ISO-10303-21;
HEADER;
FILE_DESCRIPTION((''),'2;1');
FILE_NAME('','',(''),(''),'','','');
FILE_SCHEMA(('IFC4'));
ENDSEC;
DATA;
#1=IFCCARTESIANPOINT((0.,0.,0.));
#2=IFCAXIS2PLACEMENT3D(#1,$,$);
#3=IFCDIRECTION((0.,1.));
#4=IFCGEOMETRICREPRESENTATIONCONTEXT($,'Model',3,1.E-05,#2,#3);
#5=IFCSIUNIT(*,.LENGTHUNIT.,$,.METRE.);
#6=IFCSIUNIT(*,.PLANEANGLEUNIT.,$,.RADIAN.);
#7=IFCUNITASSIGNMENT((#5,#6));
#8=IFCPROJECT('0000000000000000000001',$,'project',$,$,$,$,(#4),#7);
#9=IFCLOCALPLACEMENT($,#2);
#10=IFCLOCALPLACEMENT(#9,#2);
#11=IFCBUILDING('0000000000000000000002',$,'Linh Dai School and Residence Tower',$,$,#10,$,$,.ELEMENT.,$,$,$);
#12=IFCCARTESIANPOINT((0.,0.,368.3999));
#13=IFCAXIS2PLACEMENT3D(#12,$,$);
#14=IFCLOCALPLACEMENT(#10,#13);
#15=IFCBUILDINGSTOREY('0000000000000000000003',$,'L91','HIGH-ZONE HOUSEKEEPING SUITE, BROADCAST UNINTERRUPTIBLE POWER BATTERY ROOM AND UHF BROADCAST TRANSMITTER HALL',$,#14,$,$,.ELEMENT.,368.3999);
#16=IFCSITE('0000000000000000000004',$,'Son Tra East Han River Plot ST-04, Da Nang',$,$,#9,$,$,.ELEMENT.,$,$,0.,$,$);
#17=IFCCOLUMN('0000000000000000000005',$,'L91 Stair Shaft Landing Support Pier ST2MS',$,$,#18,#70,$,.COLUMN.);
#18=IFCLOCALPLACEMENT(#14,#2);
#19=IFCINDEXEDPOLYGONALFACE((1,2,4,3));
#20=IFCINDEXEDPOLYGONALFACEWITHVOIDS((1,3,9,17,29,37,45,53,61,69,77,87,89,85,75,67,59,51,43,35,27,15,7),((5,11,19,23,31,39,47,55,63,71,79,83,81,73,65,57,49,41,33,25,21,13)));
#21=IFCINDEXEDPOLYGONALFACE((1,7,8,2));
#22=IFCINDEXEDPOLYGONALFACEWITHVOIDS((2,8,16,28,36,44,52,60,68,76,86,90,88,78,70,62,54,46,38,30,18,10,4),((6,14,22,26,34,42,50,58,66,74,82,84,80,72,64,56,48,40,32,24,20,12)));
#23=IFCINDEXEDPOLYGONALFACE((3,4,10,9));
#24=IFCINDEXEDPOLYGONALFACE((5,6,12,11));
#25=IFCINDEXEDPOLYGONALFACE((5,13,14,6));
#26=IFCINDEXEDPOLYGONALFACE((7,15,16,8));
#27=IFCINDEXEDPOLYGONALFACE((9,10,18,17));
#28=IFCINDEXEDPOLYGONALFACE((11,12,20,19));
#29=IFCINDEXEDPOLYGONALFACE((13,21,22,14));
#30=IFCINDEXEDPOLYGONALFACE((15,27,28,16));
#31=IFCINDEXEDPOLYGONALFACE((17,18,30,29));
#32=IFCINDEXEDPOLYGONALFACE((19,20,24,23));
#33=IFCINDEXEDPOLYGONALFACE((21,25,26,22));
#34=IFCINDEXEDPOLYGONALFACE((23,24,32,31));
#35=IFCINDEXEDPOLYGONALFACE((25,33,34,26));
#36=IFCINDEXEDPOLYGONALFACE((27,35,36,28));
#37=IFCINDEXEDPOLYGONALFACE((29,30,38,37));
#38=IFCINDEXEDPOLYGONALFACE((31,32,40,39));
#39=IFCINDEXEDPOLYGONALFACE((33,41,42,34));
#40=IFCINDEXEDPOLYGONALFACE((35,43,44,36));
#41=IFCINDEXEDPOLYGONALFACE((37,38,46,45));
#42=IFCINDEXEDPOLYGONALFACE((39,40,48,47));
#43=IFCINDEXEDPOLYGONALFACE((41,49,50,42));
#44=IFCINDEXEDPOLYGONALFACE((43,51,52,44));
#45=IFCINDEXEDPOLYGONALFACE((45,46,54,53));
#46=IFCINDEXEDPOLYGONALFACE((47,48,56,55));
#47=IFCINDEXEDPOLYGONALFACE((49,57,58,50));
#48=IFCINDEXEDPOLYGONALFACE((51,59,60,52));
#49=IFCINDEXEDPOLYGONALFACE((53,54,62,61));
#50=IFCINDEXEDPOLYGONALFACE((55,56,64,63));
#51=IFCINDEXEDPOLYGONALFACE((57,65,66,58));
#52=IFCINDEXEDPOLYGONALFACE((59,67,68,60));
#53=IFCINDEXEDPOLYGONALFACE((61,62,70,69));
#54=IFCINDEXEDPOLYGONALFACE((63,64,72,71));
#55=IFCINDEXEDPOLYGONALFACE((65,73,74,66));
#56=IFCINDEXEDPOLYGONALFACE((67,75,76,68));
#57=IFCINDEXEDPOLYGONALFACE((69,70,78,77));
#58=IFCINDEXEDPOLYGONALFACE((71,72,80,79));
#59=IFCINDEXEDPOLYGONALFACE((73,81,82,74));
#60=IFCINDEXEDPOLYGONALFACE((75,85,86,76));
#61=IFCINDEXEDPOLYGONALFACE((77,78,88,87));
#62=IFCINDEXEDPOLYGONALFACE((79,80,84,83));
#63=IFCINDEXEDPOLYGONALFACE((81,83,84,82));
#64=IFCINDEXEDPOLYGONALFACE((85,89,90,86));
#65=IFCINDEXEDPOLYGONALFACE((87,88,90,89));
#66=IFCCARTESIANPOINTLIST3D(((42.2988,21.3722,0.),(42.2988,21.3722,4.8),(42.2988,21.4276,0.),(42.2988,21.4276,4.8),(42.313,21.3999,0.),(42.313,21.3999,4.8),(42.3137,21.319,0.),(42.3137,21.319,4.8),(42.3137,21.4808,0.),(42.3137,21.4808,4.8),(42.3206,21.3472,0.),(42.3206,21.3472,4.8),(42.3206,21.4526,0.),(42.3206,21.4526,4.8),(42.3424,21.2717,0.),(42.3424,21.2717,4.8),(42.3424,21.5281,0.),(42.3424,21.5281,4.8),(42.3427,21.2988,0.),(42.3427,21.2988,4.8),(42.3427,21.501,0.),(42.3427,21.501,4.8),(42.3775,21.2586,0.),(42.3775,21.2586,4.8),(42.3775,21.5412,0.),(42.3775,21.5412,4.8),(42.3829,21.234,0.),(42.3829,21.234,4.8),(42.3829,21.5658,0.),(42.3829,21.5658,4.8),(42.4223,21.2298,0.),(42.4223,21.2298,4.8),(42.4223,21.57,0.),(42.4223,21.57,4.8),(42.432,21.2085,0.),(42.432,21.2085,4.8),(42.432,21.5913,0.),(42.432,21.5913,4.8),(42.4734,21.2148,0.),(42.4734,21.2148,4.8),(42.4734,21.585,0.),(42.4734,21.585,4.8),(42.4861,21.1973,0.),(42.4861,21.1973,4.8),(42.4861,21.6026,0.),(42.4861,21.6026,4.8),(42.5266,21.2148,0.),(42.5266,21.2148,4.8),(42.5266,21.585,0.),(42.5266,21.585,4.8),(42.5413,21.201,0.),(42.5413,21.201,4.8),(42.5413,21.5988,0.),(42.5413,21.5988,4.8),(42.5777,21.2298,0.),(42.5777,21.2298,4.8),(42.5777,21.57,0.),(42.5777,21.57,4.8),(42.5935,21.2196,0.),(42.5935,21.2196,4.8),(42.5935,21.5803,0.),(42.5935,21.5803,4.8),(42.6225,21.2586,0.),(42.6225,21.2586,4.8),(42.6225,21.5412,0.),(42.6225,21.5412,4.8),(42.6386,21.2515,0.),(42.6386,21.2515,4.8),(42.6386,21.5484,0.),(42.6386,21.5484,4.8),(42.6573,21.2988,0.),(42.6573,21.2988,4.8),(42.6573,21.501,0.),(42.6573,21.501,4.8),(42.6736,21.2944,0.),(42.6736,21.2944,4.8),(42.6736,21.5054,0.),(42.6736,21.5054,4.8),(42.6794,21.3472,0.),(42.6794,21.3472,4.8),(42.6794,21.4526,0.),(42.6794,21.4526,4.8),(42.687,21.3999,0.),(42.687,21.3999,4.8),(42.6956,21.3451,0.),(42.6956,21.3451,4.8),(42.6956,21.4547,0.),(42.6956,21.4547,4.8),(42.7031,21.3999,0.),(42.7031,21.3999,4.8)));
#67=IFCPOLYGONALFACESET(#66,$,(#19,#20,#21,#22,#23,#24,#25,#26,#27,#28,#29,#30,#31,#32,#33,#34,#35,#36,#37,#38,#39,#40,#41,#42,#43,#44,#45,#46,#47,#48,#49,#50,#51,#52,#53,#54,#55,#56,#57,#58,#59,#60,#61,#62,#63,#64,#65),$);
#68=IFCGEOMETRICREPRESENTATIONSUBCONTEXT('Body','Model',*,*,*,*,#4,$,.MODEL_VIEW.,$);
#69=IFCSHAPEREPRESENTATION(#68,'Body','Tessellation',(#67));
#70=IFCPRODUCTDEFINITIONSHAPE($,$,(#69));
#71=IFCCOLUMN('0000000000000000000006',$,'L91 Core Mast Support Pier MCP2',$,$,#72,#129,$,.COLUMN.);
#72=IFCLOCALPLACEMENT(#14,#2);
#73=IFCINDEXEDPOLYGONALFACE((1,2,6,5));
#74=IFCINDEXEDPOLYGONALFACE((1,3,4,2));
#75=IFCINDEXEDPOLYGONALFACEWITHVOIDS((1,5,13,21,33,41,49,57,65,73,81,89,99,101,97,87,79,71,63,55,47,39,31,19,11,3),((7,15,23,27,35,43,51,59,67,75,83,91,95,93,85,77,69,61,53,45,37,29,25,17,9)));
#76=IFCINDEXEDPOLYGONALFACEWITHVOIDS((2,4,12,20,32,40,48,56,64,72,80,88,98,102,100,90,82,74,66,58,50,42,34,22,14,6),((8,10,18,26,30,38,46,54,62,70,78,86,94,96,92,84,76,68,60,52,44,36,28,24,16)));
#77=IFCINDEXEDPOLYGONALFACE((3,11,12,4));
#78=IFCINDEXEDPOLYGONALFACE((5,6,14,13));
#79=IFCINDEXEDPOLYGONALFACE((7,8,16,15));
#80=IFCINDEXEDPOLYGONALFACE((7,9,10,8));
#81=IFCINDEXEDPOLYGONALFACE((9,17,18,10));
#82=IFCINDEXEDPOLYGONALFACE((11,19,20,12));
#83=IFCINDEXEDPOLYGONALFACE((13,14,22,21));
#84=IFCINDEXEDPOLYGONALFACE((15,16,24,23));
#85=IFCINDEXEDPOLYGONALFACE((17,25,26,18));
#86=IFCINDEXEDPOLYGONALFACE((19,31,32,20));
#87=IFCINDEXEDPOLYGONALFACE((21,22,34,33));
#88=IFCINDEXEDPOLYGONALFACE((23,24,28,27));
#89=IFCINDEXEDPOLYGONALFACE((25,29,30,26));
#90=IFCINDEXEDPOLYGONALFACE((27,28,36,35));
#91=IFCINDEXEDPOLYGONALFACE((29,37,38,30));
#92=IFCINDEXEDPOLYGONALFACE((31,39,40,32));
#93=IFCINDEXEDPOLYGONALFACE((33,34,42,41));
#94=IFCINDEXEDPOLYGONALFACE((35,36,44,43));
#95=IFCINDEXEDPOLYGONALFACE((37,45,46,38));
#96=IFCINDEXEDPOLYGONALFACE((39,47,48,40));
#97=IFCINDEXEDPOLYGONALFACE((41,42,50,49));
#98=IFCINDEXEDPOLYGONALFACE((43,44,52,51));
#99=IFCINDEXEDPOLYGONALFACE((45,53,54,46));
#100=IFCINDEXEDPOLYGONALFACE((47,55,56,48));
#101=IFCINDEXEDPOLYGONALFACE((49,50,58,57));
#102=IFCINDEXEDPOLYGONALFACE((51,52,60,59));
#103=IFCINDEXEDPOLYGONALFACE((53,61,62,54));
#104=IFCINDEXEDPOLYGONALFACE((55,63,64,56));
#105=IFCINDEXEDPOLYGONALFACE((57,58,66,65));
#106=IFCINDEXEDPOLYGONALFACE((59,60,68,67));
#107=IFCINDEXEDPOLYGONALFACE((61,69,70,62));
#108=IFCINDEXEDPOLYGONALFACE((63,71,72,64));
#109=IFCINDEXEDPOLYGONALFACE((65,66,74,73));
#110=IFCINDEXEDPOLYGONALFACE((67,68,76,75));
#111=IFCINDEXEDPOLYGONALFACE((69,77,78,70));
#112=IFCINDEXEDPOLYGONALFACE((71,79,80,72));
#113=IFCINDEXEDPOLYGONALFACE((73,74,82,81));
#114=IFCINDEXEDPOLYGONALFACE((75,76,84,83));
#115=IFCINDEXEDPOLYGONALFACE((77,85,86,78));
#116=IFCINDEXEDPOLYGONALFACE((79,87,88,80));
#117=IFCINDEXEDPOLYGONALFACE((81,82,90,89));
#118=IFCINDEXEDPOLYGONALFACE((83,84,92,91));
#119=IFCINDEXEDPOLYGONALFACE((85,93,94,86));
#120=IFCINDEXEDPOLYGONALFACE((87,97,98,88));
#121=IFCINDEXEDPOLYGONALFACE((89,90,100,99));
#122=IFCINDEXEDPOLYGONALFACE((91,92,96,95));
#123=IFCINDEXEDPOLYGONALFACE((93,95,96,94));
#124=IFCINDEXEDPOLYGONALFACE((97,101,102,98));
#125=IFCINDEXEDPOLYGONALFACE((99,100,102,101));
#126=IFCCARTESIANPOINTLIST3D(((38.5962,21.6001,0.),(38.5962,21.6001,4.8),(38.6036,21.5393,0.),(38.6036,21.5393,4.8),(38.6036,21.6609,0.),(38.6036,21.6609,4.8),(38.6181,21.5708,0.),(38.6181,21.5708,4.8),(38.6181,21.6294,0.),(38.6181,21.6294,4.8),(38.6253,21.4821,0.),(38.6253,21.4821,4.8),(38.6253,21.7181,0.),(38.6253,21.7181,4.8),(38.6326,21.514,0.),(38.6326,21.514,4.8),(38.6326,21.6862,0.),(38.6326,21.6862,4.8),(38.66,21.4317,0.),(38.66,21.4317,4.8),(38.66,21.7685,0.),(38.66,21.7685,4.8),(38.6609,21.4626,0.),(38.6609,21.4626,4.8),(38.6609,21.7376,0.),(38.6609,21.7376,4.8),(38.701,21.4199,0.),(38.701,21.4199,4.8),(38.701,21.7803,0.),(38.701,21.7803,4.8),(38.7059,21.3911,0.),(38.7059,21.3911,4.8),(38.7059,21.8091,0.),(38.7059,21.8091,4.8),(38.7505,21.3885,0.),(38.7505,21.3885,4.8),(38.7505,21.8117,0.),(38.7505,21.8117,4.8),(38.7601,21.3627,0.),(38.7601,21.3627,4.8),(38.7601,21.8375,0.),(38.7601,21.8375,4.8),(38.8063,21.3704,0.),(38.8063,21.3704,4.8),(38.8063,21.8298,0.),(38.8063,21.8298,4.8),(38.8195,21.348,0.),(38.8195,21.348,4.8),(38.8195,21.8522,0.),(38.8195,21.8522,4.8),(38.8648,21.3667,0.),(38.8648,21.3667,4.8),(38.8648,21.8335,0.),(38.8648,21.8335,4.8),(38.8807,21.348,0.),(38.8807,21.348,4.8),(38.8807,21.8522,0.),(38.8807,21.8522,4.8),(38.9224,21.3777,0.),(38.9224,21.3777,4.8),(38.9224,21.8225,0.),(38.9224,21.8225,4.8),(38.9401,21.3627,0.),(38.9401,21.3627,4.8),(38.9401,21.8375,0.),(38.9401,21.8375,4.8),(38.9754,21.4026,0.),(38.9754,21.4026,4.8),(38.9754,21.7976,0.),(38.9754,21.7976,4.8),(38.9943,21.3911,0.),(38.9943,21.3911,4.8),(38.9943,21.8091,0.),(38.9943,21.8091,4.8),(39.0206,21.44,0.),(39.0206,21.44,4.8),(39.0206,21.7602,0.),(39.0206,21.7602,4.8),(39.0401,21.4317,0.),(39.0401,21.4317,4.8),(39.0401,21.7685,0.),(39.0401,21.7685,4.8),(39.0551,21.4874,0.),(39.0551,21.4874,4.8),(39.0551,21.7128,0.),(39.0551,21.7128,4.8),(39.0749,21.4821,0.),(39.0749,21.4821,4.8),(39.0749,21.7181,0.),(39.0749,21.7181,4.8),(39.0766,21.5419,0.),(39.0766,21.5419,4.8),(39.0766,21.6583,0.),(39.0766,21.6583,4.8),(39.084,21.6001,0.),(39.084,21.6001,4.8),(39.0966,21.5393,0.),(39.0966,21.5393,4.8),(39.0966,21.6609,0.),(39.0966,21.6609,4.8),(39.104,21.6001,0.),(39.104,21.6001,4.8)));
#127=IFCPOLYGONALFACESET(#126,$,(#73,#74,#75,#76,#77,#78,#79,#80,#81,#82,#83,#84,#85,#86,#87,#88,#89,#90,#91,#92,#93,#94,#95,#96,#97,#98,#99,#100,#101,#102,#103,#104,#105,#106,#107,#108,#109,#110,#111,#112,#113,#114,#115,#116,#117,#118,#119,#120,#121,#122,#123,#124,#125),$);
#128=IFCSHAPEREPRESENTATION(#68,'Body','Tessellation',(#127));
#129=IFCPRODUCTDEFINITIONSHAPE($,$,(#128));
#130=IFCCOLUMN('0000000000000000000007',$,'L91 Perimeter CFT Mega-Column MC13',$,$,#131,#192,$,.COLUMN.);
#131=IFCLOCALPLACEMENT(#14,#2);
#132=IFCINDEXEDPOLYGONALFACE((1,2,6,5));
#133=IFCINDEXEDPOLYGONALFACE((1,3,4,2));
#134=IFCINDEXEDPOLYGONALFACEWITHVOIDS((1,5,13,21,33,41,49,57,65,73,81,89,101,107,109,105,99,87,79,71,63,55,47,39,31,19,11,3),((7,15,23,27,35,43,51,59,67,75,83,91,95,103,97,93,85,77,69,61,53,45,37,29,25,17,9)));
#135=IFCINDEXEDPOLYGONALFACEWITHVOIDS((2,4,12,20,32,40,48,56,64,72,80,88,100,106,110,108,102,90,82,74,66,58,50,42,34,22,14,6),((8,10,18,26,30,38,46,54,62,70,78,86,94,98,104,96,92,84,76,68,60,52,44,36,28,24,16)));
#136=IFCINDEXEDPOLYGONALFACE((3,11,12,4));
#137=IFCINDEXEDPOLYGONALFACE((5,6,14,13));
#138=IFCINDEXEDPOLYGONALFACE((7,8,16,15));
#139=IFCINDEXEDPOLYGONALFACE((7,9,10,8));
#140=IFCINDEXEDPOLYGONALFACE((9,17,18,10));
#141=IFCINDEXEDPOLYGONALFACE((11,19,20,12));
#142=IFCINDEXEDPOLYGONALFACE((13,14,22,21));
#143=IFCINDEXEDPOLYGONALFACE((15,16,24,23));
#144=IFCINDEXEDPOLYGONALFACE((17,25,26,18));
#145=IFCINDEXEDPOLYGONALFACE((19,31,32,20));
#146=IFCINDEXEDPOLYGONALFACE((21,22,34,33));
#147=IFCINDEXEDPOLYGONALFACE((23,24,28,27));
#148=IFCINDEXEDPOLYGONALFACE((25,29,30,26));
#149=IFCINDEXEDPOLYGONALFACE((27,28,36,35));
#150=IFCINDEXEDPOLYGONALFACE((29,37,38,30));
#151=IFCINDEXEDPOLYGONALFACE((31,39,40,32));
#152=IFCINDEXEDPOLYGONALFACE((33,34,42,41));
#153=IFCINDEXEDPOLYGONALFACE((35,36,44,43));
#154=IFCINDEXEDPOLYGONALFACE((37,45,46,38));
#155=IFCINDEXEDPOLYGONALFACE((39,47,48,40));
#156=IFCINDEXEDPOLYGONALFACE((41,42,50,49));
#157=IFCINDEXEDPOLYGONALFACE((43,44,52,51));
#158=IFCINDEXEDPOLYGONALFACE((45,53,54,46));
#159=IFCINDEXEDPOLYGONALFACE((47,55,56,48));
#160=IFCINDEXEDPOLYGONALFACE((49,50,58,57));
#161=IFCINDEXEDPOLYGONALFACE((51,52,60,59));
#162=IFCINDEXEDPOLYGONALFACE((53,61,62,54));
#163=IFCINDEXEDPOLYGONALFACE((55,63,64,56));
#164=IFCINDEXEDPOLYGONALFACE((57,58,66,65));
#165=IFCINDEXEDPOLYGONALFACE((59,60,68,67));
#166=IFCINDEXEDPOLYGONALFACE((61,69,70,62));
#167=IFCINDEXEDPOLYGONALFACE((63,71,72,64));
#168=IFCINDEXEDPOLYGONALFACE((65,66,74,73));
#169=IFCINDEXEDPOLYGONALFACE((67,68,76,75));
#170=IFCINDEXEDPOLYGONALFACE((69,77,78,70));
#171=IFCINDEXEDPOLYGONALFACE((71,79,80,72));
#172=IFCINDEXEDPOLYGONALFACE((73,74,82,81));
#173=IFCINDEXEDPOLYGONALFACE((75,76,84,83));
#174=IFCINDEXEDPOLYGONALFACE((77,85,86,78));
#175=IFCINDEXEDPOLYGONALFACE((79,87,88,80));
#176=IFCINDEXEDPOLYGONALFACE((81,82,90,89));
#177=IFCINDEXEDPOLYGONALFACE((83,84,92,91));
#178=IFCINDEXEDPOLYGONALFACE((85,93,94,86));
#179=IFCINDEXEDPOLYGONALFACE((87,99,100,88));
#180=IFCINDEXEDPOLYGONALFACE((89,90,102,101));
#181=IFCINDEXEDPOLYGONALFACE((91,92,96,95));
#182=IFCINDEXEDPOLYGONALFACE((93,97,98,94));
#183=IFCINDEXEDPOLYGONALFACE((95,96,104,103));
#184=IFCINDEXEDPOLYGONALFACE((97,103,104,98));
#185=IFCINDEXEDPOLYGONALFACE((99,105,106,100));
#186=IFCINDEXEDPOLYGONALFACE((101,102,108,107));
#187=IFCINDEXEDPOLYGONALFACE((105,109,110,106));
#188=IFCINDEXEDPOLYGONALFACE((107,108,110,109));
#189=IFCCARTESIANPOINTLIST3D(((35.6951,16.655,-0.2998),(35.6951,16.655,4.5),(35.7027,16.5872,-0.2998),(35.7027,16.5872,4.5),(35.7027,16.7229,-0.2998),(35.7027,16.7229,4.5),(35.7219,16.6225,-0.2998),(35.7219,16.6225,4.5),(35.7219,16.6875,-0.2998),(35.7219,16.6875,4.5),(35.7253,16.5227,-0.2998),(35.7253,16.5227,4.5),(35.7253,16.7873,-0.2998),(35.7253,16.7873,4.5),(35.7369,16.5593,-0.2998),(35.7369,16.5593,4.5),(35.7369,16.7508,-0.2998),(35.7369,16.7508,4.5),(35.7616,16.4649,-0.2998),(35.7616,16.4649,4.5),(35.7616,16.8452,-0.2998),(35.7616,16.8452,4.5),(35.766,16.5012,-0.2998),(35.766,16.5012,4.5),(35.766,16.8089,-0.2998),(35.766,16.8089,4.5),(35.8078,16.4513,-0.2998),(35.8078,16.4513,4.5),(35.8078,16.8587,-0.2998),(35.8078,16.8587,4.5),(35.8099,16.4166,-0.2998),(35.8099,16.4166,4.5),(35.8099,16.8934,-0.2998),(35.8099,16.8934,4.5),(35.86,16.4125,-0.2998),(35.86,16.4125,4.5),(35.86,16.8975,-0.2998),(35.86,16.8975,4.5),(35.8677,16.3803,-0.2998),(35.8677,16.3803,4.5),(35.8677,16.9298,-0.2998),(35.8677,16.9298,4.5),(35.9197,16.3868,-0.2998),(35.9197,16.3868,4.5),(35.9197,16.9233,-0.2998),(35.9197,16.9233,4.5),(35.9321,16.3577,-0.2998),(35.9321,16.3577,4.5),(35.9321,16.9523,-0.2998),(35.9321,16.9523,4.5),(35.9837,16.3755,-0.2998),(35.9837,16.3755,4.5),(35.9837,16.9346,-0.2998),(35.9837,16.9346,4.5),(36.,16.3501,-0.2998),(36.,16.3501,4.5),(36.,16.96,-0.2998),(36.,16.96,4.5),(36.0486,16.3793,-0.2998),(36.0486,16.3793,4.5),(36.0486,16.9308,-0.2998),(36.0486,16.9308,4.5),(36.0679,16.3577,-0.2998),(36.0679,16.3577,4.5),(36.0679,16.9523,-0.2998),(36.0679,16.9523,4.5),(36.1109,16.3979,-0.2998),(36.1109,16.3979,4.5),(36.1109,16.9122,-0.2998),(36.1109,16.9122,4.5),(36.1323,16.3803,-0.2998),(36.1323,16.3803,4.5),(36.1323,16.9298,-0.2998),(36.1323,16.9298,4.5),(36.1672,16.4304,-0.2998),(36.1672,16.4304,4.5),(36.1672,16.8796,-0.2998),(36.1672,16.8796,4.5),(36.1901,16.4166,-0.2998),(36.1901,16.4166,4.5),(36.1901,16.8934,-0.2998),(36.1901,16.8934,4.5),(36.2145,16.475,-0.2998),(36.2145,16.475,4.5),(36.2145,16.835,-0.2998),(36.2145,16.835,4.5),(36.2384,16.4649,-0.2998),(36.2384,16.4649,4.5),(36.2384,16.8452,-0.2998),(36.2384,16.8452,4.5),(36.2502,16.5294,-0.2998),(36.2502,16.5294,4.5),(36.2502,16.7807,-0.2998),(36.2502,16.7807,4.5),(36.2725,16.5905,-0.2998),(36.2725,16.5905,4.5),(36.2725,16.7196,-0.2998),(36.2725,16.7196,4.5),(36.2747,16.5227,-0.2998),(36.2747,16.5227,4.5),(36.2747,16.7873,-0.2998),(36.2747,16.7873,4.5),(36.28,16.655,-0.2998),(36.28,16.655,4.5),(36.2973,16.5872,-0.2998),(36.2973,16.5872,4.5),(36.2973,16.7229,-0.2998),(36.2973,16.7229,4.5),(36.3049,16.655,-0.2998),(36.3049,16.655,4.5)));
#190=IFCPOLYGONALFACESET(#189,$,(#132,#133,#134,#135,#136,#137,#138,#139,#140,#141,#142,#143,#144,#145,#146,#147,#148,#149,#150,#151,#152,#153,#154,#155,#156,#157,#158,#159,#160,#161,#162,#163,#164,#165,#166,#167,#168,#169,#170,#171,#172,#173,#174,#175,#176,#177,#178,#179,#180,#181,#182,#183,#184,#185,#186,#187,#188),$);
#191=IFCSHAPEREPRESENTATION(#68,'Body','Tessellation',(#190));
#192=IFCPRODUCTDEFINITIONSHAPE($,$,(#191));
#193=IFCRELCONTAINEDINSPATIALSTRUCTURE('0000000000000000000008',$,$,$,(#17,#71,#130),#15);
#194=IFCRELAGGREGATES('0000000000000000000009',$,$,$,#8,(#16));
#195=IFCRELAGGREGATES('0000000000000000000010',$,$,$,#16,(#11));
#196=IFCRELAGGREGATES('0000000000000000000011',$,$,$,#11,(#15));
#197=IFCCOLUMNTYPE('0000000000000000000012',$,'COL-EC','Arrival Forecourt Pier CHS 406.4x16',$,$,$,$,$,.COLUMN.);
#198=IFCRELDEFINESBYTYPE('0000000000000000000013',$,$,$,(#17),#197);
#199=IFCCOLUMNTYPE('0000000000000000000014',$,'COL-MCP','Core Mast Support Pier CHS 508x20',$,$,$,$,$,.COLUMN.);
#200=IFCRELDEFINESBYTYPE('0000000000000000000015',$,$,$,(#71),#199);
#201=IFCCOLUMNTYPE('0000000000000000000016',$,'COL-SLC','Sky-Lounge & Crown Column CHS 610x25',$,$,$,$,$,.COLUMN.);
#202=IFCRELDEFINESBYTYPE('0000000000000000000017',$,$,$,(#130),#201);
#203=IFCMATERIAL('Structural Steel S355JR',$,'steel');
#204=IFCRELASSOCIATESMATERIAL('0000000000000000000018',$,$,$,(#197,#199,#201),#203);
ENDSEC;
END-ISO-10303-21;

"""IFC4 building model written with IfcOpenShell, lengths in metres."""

from ifc_helpers import new_model, si_unit, direction, frame, origin, origin_2d, place, context, subcontext, project, spatial, hollow_circle, extrude, material, material_profile, profile_set, type_object, element, save


model = new_model("IFC4")

# Units and contexts
model_context = context("Model", 3, precision=1e-05, world=origin(), true_north=direction((0.0, 1.0)))
body_context = subcontext(model_context, "Body", "Model", "MODEL_VIEW")
ifc_project = project(units=[si_unit("LENGTHUNIT", "METRE"), si_unit("PLANEANGLEUNIT", "RADIAN")], contexts=[model_context])

# Site, building, storey
site_placement = place(None, origin())
site = spatial("IfcSite", under=ifc_project, at=site_placement, Name="Son Tra East Han River Plot ST-04, Da Nang", CompositionType="ELEMENT", RefElevation=0.0)
building_placement = place(site_placement, origin())
building = spatial("IfcBuilding", under=site, at=building_placement, Name="Linh Dai School and Residence Tower", CompositionType="ELEMENT")
storey_placement = place(building_placement, frame((0.0, 0.0, 368.3999)))
storey = spatial("IfcBuildingStorey", under=building, at=storey_placement, Name="L91", Description="HIGH-ZONE HOUSEKEEPING SUITE, BROADCAST UNINTERRUPTIBLE POWER BATTERY ROOM AND UHF BROADCAST TRANSMITTER HALL", CompositionType="ELEMENT", Elevation=368.3999)

# Columns
ifc_material_1 = material(Name="Structural Steel S355JR", Category="steel")
ifc_material_profile_1 = material_profile(ifc_material_1, hollow_circle(Radius=0.2031, WallThickness=0.0161, at=origin_2d()), Name="CHS 406.4x16")
ifc_profile_set_1 = profile_set([ifc_material_profile_1], Name="Structural Steel S355JR")
column_type_1 = type_object("IfcColumnType", Name="COL-EC", Description="Arrival Forecourt Pier CHS 406.4x16", PredefinedType="COLUMN", material=ifc_profile_set_1)
column_1_placement = place(storey_placement, frame((42.5, 21.3999, 0.0), z_axis=(0.0, 0.0, 1.0), x_axis=(1.0, 0.0, 0.0)))
element("IfcColumn", 1, at=column_1_placement, inside=storey, type_object=column_type_1, Name="L91 Stair Shaft Landing Support Pier ST2MS", PredefinedType="COLUMN", context=body_context, shape_type="SweptSolid", body=[
    extrude(hollow_circle(Radius=0.2031, WallThickness=0.0161, at=origin_2d()), origin(), (0.0, 0.0, 1.0), 4.8),
])
ifc_material_profile_2 = material_profile(ifc_material_1, hollow_circle(Radius=0.2539, WallThickness=0.02, at=origin_2d()), Name="CHS 508x20")
ifc_profile_set_2 = profile_set([ifc_material_profile_2], Name="Structural Steel S355JR")
column_type_2 = type_object("IfcColumnType", Name="COL-MCP", Description="Core Mast Support Pier CHS 508x20", PredefinedType="COLUMN", material=ifc_profile_set_2)
column_2_placement = place(storey_placement, frame((38.8501, 21.6001, 0.0), z_axis=(0.0, 0.0, 1.0), x_axis=(1.0, 0.0, 0.0)))
element("IfcColumn", 2, at=column_2_placement, inside=storey, type_object=column_type_2, Name="L91 Core Mast Support Pier MCP2", PredefinedType="COLUMN", context=body_context, shape_type="SweptSolid", body=[
    extrude(hollow_circle(Radius=0.2539, WallThickness=0.02, at=origin_2d()), origin(), (0.0, 0.0, 1.0), 4.8),
])
ifc_material_profile_3 = material_profile(ifc_material_1, hollow_circle(Radius=0.3049, WallThickness=0.0249, at=origin_2d()), Name="CHS 610x25")
ifc_profile_set_3 = profile_set([ifc_material_profile_3], Name="Structural Steel S355JR")
column_type_3 = type_object("IfcColumnType", Name="COL-SLC", Description="Sky-Lounge & Crown Column CHS 610x25", PredefinedType="COLUMN", material=ifc_profile_set_3)
for number, where, z_axis, x_axis, name in (
    (3, (36.0, 16.655, -0.2998), (0.0, 0.0, 1.0), (1.0, 0.0, 0.0), "L91 Perimeter CFT Mega-Column MC13"),
):
    element("IfcColumn", number, at=place(storey_placement, frame(where, z_axis=z_axis, x_axis=x_axis)), inside=storey, type_object=column_type_3, Name=name, PredefinedType="COLUMN", context=body_context, shape_type="SweptSolid", body=[
        extrude(hollow_circle(Radius=0.3049, WallThickness=0.0249, at=origin_2d()), origin(), (0.0, 0.0, 1.0), 4.7998),
    ])

save(model, "model.ifc")
